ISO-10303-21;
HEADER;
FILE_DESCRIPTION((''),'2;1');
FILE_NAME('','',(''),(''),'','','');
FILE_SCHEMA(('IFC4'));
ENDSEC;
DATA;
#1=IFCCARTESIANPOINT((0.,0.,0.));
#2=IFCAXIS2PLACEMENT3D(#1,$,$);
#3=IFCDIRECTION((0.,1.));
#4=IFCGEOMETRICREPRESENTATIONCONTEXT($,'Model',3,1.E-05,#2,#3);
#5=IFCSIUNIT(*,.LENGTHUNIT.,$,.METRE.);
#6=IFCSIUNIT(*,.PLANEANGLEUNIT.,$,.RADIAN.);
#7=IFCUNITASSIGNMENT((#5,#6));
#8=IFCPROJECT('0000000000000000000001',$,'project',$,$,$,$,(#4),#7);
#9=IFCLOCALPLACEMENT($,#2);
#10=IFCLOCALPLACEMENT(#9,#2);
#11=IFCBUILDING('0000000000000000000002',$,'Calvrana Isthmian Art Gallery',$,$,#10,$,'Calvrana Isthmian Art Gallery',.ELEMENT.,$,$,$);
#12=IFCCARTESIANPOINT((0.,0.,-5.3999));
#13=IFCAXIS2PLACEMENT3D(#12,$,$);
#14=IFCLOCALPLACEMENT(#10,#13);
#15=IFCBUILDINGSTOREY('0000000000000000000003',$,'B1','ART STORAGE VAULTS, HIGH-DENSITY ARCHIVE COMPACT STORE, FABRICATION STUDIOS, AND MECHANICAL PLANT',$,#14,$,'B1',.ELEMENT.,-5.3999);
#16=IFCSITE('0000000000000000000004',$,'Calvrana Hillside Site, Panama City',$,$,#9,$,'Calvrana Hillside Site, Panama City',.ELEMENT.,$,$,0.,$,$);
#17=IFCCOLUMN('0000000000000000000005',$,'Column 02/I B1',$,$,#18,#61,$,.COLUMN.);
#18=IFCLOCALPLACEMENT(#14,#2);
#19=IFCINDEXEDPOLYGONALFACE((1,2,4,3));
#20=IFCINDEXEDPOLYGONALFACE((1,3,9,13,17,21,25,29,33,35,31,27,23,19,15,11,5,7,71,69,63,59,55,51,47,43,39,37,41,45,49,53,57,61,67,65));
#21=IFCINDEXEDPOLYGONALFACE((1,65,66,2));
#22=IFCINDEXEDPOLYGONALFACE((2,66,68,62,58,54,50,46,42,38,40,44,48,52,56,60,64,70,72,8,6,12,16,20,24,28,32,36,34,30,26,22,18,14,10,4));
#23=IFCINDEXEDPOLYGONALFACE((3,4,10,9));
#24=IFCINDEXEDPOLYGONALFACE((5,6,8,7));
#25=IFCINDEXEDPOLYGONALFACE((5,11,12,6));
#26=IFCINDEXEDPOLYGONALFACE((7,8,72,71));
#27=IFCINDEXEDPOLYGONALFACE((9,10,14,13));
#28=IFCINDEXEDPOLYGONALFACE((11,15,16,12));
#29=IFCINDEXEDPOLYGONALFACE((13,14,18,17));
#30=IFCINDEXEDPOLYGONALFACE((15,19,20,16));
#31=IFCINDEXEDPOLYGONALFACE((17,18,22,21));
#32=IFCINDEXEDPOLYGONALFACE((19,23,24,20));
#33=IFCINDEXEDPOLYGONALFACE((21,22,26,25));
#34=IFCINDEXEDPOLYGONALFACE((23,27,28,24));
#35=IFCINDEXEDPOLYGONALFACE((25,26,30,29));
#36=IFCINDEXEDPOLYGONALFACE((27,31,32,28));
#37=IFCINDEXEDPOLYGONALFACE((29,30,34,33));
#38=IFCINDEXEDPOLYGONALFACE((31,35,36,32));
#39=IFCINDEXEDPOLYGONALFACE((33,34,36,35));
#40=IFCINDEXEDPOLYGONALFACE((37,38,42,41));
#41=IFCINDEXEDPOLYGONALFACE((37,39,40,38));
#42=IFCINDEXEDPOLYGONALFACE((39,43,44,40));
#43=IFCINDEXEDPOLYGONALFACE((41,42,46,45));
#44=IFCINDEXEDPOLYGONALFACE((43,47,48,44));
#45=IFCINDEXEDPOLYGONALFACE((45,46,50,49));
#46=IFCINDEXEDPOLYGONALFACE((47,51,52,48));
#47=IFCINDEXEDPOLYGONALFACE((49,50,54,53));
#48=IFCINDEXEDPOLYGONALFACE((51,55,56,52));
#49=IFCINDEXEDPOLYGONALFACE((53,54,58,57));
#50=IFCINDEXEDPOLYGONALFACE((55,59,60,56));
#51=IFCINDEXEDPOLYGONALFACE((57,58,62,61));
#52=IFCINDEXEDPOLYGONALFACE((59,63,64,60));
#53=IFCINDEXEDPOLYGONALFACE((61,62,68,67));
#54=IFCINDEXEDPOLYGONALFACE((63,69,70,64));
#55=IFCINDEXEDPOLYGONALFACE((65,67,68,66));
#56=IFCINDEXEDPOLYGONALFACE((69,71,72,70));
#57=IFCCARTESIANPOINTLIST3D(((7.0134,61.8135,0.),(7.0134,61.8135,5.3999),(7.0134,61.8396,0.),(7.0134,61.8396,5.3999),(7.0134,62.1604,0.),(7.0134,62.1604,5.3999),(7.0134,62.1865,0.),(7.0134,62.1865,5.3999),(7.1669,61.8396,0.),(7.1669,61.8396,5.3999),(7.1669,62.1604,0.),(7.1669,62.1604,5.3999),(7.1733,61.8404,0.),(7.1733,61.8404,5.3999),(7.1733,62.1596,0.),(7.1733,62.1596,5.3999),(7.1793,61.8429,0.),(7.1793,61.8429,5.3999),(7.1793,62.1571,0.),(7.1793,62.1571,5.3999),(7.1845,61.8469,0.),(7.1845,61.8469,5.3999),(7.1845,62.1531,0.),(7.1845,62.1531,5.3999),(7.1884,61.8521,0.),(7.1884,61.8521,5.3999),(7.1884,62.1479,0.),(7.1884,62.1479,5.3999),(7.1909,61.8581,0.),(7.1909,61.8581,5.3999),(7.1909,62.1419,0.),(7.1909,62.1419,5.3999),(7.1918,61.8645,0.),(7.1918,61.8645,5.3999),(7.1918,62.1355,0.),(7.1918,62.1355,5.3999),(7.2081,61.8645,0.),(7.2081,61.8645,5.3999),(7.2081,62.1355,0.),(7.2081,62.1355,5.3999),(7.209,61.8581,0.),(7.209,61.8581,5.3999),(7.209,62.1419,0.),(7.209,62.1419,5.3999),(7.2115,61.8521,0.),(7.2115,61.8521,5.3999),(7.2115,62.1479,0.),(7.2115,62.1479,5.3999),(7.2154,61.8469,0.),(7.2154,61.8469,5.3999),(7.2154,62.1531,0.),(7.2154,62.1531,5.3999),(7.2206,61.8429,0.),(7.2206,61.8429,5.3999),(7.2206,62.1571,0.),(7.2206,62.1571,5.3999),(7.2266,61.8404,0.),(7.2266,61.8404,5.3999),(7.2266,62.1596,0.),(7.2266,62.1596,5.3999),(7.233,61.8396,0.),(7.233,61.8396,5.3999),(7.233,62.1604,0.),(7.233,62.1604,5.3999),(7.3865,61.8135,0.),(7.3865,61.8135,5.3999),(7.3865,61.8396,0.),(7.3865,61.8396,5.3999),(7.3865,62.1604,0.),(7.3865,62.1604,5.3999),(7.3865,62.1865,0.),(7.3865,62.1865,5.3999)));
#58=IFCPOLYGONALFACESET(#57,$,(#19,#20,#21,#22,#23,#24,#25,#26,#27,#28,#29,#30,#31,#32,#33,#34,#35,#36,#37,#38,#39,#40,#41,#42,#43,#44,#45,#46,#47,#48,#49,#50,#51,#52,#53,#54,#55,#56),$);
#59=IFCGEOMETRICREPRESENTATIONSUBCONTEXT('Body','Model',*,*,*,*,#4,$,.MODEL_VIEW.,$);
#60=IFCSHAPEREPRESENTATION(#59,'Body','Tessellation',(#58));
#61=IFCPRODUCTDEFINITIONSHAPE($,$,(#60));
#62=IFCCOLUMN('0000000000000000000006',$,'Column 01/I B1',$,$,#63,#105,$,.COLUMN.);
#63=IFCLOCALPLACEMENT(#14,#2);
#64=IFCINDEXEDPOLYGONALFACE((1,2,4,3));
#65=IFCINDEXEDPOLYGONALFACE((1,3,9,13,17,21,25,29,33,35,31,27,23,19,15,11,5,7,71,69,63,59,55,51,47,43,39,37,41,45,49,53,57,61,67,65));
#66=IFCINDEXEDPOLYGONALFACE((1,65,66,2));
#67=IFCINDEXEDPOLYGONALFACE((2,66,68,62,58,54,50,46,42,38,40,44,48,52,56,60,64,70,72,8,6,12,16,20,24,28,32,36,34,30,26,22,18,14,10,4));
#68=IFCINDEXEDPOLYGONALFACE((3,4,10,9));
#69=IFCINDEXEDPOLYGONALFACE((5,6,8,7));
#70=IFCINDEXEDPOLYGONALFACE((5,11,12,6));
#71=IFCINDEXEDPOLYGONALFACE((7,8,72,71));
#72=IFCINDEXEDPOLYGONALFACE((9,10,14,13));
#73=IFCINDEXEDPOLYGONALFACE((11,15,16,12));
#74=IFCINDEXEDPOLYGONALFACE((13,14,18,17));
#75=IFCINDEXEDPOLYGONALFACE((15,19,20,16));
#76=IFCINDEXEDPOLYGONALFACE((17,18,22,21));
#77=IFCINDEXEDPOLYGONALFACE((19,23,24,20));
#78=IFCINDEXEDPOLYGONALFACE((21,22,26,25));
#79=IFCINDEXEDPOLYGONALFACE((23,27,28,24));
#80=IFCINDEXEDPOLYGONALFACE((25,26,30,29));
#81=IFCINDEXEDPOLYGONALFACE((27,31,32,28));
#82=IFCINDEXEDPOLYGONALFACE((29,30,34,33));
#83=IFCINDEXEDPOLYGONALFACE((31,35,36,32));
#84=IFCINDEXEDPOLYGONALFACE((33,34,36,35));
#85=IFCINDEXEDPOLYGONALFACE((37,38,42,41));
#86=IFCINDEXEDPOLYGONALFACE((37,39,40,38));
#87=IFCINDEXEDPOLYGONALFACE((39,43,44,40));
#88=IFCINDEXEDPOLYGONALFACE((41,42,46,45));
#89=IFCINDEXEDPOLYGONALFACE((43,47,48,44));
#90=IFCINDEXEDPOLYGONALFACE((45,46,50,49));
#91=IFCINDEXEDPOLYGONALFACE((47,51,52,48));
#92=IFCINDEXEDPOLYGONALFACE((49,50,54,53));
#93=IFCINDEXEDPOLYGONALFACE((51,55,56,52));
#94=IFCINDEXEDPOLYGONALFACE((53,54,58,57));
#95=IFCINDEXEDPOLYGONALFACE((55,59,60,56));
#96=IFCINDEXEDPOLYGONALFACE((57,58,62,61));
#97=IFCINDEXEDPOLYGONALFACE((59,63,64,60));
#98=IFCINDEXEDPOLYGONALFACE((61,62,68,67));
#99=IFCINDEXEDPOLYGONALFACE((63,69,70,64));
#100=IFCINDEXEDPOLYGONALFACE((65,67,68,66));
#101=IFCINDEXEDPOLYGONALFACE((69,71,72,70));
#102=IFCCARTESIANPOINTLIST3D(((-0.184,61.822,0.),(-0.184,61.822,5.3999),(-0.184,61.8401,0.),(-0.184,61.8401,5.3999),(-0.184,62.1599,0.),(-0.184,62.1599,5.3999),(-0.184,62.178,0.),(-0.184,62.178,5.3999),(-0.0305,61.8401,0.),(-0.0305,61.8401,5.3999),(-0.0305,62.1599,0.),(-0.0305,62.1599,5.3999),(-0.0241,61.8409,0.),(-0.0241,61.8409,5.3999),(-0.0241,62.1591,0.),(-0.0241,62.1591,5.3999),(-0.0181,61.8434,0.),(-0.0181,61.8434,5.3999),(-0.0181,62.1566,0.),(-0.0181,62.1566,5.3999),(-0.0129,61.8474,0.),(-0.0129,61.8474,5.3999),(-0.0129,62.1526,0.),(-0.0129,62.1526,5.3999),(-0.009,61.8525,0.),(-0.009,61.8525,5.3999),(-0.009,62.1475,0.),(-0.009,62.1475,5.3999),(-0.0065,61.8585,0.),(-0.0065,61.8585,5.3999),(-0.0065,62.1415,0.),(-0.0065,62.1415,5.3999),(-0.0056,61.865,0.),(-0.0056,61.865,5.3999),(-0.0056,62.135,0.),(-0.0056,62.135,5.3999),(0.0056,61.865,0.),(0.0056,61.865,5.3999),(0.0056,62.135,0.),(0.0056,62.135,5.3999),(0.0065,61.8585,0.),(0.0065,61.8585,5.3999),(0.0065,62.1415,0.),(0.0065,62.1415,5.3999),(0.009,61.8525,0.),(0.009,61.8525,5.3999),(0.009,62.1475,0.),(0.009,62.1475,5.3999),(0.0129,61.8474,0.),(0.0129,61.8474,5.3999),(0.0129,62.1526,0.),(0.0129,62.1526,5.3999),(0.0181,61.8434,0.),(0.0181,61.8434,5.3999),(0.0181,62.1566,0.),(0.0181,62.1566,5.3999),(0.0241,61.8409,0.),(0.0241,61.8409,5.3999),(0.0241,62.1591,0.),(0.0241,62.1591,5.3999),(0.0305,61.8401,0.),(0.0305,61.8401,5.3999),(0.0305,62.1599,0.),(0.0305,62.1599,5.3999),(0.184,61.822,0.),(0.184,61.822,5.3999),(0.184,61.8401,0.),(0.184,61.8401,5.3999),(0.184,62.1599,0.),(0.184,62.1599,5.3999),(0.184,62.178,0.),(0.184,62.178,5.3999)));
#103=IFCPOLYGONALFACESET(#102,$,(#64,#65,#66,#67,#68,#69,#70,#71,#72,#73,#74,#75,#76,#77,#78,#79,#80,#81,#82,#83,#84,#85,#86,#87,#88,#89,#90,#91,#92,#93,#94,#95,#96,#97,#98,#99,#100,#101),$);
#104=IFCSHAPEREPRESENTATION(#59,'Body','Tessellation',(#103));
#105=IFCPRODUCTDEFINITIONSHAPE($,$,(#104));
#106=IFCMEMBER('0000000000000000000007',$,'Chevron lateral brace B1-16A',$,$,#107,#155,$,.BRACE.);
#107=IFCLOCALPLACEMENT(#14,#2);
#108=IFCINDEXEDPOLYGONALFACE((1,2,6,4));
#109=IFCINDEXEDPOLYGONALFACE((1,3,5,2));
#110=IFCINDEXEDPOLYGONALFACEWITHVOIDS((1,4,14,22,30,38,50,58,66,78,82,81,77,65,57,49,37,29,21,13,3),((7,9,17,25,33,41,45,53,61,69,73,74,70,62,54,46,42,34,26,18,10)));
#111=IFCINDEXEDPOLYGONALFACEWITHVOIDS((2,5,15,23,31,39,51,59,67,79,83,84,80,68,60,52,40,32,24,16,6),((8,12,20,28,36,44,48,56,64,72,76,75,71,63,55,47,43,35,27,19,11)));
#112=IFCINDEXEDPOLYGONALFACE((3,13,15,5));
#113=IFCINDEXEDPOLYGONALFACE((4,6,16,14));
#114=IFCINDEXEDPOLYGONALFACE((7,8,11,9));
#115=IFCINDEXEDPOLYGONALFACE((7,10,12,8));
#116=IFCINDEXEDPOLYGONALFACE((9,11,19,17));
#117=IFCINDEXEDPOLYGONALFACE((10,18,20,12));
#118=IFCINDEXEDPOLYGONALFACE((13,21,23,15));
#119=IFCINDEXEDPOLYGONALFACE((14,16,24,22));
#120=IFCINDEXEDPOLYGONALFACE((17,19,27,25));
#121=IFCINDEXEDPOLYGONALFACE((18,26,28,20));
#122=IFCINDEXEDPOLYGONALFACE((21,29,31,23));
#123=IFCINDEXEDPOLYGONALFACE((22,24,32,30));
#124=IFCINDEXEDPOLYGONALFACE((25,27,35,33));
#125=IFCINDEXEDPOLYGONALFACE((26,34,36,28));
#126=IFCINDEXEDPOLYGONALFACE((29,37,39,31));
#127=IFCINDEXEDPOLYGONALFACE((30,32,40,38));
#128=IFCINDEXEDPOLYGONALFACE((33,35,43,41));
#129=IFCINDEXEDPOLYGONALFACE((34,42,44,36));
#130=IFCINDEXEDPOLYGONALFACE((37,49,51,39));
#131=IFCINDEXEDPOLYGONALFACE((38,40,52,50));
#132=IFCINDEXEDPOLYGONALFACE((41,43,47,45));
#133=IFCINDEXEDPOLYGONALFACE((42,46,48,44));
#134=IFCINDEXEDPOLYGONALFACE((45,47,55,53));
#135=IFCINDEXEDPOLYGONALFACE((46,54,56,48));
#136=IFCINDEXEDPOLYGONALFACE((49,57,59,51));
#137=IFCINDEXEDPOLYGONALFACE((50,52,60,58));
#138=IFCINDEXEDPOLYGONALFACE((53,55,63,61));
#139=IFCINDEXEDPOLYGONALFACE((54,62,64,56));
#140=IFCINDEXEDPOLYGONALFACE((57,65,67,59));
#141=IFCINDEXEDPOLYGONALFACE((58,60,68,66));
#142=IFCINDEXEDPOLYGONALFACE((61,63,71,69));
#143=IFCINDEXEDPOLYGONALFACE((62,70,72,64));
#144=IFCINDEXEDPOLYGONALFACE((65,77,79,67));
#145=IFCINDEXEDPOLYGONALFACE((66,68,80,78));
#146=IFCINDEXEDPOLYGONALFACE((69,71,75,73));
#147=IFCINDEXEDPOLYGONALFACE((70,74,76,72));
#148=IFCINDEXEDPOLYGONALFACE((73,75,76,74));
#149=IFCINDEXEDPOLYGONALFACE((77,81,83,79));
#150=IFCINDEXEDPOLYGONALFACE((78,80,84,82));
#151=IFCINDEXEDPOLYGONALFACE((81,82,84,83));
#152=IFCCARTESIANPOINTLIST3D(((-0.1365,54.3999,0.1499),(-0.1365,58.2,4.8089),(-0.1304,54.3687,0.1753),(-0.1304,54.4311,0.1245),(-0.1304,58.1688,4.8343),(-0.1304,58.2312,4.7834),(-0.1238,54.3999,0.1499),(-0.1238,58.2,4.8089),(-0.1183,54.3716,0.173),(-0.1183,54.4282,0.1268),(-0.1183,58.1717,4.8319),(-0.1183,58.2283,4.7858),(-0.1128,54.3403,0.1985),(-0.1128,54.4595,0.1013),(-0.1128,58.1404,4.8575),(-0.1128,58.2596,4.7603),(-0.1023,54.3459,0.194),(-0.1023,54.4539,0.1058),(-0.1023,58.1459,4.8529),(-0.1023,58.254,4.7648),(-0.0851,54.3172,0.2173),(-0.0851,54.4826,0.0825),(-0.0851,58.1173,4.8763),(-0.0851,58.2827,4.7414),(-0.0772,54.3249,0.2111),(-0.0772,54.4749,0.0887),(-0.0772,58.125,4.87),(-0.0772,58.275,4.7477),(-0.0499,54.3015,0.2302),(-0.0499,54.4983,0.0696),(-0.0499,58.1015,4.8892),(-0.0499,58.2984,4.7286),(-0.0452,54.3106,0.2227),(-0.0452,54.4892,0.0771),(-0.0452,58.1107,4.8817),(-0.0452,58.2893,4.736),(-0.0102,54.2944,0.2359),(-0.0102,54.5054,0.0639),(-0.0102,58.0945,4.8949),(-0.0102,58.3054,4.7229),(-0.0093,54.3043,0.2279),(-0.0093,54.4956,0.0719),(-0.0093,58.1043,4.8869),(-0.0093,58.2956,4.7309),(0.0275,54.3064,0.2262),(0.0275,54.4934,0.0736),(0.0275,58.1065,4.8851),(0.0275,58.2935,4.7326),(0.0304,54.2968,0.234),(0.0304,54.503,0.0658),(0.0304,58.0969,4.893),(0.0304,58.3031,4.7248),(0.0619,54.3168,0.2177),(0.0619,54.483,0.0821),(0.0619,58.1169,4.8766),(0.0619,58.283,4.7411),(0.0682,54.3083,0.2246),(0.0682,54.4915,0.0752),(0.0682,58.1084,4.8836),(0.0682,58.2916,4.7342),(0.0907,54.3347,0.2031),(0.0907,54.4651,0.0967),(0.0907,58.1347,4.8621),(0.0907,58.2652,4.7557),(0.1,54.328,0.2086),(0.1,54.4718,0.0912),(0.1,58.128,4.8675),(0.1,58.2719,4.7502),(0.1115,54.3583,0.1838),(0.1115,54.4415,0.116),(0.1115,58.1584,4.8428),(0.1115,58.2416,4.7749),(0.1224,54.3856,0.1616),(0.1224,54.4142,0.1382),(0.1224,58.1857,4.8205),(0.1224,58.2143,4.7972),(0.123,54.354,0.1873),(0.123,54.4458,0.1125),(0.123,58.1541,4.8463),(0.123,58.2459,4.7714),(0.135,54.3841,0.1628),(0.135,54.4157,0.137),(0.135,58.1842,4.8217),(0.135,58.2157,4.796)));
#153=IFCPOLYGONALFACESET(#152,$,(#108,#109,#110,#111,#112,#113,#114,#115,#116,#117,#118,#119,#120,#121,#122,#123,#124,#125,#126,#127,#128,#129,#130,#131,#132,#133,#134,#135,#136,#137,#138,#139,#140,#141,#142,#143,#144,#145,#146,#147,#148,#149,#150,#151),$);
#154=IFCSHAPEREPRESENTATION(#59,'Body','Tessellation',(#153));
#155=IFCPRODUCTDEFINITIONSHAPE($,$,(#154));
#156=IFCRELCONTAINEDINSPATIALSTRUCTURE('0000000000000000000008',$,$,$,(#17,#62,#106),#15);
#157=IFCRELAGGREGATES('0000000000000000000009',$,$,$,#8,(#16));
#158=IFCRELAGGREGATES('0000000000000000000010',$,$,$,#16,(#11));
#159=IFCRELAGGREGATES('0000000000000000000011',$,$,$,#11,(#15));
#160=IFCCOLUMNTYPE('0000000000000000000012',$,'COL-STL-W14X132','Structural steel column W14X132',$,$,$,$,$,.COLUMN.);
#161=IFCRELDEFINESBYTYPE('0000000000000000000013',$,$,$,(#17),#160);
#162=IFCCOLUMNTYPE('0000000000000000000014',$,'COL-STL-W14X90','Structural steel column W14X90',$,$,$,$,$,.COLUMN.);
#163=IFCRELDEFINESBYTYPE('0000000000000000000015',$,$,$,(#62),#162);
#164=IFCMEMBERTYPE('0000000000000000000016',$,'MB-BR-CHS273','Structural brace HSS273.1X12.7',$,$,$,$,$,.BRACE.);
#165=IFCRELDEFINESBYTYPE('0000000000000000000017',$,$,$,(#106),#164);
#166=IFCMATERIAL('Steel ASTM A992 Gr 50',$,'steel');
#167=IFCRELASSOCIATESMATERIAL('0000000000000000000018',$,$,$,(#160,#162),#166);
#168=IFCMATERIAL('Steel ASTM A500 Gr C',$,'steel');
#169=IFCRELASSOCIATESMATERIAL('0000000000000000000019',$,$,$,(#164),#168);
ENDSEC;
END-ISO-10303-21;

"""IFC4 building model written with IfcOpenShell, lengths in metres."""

from ifc_helpers import new_model, si_unit, direction, frame, origin, origin_2d, place, context, subcontext, project, spatial, hollow_circle, i_section, extrude, material, material_profile, profile_set, type_object, element, save


model = new_model("IFC4")

# Units and contexts
model_context = context("Model", 3, precision=1e-05, world=origin(), true_north=direction((0.0, 1.0)))
body_context = subcontext(model_context, "Body", "Model", "MODEL_VIEW")
ifc_project = project(units=[si_unit("LENGTHUNIT", "METRE"), si_unit("PLANEANGLEUNIT", "RADIAN")], contexts=[model_context])

# Site, building, storey
site_placement = place(None, origin())
site = spatial("IfcSite", under=ifc_project, at=site_placement, Name="Calvrana Hillside Site, Panama City", LongName="Calvrana Hillside Site, Panama City", CompositionType="ELEMENT", RefElevation=0.0)
building_placement = place(site_placement, origin())
building = spatial("IfcBuilding", under=site, at=building_placement, Name="Calvrana Isthmian Art Gallery", LongName="Calvrana Isthmian Art Gallery", CompositionType="ELEMENT")
storey_placement = place(building_placement, frame((0.0, 0.0, -5.3999)))
storey = spatial("IfcBuildingStorey", under=building, at=storey_placement, Name="B1", Description="ART STORAGE VAULTS, HIGH-DENSITY ARCHIVE COMPACT STORE, FABRICATION STUDIOS, AND MECHANICAL PLANT", LongName="B1", CompositionType="ELEMENT", Elevation=-5.3999)

# Columns
ifc_material_1 = material(Name="Steel ASTM A992 Gr 50", Category="steel")
ifc_material_profile_1 = material_profile(ifc_material_1, i_section(OverallWidth=0.373, OverallDepth=0.373, WebThickness=0.0164, FlangeThickness=0.0261, FilletRadius=0.0249, at=origin_2d()), Name="W14X132")
ifc_profile_set_1 = profile_set([ifc_material_profile_1], Name="Steel ASTM A992 Gr 50")
column_type_1 = type_object("IfcColumnType", Name="COL-STL-W14X132", Description="Structural steel column W14X132", PredefinedType="COLUMN", material=ifc_profile_set_1)
column_1_placement = place(storey_placement, frame((7.2, 62.0, 0.0), z_axis=(0.0, 0.0, 1.0), x_axis=(1.0, 0.0, 0.0)))
element("IfcColumn", 1, at=column_1_placement, inside=storey, type_object=column_type_1, Name="Column 02/I B1", PredefinedType="COLUMN", context=body_context, shape_type="SweptSolid", body=[
    extrude(i_section(OverallWidth=0.373, OverallDepth=0.373, WebThickness=0.0164, FlangeThickness=0.0261, FilletRadius=0.0249, at=origin_2d()), origin(), (0.0, 0.0, 1.0), 5.3999),
])
ifc_material_profile_2 = material_profile(ifc_material_1, i_section(OverallWidth=0.3679, OverallDepth=0.356, WebThickness=0.0112, FlangeThickness=0.0181, FilletRadius=0.0249, at=origin_2d()), Name="W14X90")
ifc_profile_set_2 = profile_set([ifc_material_profile_2], Name="Steel ASTM A992 Gr 50")
column_type_2 = type_object("IfcColumnType", Name="COL-STL-W14X90", Description="Structural steel column W14X90", PredefinedType="COLUMN", material=ifc_profile_set_2)
column_2_placement = place(storey_placement, frame((0.0, 62.0, 0.0), z_axis=(0.0, 0.0, 1.0), x_axis=(1.0, 0.0, 0.0)))
element("IfcColumn", 2, at=column_2_placement, inside=storey, type_object=column_type_2, Name="Column 01/I B1", PredefinedType="COLUMN", context=body_context, shape_type="SweptSolid", body=[
    extrude(i_section(OverallWidth=0.3679, OverallDepth=0.356, WebThickness=0.0112, FlangeThickness=0.0181, FilletRadius=0.0249, at=origin_2d()), origin(), (0.0, 0.0, 1.0), 5.3999),
])

# Member
ifc_material_2 = material(Name="Steel ASTM A500 Gr C", Category="steel")
ifc_material_profile_3 = material_profile(ifc_material_2, hollow_circle(Radius=0.1365, WallThickness=0.0127, at=origin_2d()), Name="HSS273.1X12.7")
ifc_profile_set_3 = profile_set([ifc_material_profile_3], Name="Steel ASTM A500 Gr C")
member_type = type_object("IfcMemberType", Name="MB-BR-CHS273", Description="Structural brace HSS273.1X12.7", PredefinedType="BRACE", material=ifc_profile_set_3)
for number, where, z_axis, x_axis, name in (
    (3, (0.0, 54.3999, 0.1499), (0.0, 0.632061, 0.774919), (-1.0, 0.0, 0.0), "Chevron lateral brace B1-16A"),
):
    element("IfcMember", number, at=place(storey_placement, frame(where, z_axis=z_axis, x_axis=x_axis)), inside=storey, type_object=member_type, Name=name, PredefinedType="BRACE", context=body_context, shape_type="SweptSolid", body=[
        extrude(hollow_circle(Radius=0.1365, WallThickness=0.0127, at=origin_2d()), origin(), (0.0, 0.0, 1.0), 6.0122),
    ])

save(model, "model.ifc")
